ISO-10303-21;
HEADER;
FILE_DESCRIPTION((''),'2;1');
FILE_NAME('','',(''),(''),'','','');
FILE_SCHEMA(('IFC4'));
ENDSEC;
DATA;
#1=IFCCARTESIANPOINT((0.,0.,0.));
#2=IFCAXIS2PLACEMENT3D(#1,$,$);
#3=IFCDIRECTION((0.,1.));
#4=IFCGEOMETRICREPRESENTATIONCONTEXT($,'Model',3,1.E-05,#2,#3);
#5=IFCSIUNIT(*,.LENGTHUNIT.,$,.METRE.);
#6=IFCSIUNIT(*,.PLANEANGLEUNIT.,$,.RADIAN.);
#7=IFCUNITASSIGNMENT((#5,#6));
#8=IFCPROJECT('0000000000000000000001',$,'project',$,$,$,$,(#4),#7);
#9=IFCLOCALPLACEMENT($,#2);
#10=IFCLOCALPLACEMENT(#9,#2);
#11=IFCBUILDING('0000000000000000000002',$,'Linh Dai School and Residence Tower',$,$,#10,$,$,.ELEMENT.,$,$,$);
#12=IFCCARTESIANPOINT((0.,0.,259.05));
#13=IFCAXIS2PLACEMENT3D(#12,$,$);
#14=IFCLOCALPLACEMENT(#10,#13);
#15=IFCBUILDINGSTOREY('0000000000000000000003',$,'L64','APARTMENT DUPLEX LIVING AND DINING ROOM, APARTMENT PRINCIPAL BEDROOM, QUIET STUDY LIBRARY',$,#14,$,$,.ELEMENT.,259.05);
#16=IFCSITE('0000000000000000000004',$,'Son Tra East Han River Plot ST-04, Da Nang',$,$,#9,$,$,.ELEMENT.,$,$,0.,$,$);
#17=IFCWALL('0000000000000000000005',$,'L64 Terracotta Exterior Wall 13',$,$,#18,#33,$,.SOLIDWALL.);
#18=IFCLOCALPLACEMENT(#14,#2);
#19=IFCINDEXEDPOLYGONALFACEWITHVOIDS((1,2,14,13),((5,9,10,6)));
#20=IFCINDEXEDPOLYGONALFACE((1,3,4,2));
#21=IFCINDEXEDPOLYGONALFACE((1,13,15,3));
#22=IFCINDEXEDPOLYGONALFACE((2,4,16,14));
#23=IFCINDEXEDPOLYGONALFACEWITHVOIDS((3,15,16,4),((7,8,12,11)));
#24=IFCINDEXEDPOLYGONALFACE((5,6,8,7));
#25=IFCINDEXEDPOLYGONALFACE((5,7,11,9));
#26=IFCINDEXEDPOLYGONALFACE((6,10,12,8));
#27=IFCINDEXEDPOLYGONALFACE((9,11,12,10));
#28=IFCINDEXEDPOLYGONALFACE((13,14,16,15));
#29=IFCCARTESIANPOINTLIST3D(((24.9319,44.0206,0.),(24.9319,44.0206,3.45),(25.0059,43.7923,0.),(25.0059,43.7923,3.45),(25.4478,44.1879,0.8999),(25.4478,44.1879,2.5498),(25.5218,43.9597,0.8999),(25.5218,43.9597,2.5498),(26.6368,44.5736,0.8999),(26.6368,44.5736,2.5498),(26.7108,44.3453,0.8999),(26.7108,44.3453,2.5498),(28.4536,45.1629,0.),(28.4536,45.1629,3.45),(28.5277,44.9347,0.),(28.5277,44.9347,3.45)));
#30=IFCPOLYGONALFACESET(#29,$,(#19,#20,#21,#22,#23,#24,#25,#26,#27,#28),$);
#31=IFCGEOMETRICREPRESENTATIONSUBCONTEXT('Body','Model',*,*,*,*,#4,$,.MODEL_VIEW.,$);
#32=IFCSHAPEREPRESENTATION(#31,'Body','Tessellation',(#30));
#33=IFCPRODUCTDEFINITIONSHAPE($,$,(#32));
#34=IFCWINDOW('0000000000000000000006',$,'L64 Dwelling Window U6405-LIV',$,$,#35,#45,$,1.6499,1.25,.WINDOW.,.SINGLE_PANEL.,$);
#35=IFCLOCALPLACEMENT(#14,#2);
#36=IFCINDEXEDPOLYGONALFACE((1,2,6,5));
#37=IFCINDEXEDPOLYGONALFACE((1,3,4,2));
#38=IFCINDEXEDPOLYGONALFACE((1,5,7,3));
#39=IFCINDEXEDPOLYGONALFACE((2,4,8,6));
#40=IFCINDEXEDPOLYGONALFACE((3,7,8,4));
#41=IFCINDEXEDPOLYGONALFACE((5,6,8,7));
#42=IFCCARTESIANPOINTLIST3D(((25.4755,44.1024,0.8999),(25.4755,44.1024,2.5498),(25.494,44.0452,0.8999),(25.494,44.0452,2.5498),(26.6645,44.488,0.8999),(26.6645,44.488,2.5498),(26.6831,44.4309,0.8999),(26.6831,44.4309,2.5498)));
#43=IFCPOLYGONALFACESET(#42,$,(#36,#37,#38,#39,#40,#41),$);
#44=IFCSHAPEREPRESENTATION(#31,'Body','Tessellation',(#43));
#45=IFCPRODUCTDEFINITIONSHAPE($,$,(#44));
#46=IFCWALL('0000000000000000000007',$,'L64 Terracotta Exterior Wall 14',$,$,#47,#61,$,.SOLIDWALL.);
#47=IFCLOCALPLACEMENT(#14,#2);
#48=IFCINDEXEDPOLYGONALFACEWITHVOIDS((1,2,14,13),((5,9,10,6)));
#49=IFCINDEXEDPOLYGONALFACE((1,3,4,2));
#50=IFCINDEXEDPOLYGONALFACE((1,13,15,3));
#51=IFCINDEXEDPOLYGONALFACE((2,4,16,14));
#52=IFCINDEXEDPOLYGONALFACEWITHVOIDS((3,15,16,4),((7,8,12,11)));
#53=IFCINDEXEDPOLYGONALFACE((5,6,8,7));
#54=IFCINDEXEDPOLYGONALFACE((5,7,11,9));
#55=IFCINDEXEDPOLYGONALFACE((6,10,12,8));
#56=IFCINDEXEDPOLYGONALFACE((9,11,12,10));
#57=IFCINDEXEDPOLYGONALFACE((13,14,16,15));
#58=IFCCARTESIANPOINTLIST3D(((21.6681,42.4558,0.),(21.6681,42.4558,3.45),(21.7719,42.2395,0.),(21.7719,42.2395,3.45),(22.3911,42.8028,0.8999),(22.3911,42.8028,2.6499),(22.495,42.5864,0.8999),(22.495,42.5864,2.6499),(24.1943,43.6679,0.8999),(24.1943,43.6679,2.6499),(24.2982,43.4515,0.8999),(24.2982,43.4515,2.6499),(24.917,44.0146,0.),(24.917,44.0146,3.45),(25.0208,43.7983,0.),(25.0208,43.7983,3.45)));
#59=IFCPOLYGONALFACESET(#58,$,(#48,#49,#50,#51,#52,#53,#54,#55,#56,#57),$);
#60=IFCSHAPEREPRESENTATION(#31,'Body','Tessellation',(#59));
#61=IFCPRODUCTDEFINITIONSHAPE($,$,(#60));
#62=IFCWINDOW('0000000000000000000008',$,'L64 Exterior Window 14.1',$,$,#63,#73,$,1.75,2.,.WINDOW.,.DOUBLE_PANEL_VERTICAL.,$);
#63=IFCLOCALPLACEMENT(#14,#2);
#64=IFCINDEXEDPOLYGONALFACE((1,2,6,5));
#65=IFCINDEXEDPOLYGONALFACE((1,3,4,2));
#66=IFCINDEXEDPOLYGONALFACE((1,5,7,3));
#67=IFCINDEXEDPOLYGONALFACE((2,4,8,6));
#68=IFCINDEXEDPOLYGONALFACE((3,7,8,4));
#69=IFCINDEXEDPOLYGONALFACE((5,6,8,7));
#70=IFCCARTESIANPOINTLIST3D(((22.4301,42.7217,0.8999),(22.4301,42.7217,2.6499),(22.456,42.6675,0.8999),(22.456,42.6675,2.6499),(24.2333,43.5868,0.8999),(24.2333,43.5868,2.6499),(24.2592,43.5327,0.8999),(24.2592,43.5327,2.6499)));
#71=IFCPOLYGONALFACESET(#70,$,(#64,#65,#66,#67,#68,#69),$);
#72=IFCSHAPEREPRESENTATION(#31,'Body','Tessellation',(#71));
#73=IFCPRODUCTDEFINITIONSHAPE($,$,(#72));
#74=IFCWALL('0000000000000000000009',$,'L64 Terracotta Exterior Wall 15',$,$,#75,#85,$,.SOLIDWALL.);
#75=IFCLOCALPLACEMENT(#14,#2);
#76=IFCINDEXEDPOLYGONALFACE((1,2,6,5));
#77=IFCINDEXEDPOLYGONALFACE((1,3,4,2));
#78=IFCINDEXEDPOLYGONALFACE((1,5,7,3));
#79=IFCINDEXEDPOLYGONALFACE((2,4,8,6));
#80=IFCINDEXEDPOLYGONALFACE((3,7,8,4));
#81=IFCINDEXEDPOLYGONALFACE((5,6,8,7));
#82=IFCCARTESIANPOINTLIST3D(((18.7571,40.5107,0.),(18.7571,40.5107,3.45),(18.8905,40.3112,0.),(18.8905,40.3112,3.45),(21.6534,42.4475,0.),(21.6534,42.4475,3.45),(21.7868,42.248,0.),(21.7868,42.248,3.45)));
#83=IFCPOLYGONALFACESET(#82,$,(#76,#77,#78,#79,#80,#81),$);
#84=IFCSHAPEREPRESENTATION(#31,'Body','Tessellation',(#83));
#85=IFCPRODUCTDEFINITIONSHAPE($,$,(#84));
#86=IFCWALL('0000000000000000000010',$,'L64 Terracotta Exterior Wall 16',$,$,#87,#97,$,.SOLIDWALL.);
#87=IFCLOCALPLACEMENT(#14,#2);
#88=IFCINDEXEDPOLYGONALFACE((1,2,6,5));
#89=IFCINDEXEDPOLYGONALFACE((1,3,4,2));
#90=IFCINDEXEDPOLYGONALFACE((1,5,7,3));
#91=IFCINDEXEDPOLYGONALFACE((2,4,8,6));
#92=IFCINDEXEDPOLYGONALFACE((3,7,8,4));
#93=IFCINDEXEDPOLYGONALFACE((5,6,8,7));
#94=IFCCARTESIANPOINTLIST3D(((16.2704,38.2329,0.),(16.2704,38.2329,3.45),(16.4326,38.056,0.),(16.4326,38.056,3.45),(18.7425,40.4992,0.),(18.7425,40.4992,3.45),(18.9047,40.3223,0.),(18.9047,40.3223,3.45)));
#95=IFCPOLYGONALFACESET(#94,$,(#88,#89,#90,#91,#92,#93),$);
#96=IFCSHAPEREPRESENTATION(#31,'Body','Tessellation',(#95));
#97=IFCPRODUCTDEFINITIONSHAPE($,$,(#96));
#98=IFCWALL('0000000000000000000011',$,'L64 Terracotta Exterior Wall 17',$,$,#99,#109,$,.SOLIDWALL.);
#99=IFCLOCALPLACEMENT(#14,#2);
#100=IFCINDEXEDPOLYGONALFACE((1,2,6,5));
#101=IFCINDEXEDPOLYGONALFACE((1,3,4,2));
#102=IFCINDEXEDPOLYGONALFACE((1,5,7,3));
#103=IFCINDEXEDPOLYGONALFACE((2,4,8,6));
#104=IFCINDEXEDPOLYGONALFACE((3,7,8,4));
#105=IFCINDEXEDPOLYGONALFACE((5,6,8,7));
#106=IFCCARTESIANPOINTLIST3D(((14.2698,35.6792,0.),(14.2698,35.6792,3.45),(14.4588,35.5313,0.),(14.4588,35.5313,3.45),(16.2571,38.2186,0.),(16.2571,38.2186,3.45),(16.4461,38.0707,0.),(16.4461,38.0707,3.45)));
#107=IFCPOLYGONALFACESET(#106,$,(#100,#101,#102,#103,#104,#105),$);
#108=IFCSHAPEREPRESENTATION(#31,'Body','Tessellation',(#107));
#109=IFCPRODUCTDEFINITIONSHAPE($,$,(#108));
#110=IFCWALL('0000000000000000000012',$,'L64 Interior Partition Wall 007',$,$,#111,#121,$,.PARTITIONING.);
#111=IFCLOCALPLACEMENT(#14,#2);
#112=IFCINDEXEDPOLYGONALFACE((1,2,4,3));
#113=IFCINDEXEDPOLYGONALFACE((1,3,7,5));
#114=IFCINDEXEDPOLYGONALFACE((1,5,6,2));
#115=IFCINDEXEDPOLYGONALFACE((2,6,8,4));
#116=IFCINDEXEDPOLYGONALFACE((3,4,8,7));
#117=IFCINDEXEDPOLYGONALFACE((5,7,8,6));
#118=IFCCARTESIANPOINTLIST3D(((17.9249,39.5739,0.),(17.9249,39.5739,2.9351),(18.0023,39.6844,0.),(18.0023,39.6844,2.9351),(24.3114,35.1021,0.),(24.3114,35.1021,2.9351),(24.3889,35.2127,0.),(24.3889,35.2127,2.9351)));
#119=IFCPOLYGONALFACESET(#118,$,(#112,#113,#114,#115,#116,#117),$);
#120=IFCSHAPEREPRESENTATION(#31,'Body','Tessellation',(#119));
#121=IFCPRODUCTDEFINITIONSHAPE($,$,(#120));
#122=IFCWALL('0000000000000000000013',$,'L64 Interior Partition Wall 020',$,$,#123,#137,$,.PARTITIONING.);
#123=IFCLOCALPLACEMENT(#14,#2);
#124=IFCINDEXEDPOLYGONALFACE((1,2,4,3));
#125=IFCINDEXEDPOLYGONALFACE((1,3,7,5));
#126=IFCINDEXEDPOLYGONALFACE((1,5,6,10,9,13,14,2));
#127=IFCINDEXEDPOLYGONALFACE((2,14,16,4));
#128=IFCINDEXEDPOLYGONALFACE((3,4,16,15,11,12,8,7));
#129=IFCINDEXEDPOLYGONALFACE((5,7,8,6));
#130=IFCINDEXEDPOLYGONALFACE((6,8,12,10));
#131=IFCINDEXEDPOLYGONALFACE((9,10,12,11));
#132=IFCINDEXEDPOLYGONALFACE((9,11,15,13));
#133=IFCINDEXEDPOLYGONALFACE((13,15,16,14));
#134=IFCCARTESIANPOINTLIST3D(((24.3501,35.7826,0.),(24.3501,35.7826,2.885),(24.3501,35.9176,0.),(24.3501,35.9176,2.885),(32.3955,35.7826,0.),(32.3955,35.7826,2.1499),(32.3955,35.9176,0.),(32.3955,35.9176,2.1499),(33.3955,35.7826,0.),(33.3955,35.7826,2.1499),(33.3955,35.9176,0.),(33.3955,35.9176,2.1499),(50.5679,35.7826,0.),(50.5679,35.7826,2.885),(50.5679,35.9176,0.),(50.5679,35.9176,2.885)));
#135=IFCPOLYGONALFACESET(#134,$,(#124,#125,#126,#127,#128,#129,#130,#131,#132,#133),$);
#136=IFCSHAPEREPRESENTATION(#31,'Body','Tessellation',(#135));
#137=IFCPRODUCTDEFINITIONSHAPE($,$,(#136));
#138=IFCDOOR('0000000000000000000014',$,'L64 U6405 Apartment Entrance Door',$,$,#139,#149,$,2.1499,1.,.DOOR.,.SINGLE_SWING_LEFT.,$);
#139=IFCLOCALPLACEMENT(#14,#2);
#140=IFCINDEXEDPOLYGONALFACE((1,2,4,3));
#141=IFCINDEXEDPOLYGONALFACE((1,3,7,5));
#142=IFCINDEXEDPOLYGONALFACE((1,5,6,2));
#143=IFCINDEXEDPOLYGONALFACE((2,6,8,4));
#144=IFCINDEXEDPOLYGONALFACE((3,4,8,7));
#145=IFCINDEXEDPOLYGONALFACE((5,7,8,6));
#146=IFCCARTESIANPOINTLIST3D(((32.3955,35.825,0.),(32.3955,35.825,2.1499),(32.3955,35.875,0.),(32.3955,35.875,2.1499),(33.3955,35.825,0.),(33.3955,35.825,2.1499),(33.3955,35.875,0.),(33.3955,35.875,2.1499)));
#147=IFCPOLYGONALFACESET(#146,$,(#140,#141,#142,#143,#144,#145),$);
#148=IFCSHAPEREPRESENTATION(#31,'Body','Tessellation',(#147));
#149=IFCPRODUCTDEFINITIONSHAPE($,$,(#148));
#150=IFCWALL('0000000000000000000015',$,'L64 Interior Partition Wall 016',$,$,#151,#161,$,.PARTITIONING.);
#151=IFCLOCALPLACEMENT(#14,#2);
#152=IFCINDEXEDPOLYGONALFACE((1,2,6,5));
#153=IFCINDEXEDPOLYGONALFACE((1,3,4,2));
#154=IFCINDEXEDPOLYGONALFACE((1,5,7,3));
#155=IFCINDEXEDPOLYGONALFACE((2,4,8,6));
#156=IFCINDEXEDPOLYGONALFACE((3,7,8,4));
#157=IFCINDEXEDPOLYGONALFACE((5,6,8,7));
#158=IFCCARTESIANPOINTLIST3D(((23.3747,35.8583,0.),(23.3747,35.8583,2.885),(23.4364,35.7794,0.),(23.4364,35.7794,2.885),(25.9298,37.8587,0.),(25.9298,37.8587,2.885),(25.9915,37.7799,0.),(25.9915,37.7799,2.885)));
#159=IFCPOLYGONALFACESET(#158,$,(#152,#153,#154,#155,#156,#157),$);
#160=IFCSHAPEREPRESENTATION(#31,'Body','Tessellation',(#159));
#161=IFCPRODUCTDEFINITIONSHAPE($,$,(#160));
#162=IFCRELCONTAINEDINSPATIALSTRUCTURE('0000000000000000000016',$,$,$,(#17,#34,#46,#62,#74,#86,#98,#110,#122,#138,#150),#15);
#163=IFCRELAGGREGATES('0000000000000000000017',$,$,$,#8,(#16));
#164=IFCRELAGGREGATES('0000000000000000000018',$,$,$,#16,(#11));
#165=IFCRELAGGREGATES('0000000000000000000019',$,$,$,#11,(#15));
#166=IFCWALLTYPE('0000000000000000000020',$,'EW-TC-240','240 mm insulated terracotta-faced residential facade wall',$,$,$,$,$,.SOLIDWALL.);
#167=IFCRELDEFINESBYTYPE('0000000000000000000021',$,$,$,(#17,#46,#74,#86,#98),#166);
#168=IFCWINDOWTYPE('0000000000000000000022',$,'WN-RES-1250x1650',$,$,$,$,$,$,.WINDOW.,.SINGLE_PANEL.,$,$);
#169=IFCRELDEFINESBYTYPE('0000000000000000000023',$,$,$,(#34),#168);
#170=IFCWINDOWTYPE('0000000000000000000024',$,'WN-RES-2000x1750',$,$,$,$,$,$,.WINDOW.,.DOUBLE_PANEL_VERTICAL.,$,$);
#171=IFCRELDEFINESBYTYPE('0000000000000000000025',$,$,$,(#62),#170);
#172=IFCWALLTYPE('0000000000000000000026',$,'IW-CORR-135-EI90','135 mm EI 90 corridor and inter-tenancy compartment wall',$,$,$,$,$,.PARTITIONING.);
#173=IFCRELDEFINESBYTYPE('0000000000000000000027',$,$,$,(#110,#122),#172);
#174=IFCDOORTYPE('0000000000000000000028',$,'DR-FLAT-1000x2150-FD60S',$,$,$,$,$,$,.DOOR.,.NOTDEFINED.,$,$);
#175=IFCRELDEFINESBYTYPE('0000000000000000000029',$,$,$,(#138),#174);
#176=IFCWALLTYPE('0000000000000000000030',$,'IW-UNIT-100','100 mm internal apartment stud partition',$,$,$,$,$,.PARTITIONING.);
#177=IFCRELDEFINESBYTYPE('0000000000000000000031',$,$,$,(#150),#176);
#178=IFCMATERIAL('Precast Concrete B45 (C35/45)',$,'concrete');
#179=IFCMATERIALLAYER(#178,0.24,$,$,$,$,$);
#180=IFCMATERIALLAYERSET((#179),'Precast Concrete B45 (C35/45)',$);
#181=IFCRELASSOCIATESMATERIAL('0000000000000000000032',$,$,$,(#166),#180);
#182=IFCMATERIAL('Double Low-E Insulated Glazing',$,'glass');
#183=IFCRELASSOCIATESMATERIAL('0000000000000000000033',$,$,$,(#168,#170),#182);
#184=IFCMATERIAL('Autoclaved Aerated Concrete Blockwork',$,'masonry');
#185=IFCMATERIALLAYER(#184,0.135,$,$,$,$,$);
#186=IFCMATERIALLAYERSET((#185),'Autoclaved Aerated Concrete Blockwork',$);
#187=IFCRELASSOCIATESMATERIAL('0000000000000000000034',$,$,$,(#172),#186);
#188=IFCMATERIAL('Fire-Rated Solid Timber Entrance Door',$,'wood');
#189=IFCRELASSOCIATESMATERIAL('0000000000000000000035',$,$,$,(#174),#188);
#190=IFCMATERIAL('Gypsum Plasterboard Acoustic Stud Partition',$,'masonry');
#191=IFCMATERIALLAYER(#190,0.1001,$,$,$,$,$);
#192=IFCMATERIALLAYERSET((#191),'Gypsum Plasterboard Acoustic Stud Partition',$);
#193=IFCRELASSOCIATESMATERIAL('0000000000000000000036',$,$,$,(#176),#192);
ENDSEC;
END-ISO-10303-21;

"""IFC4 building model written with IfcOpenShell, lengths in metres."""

from ifc_helpers import new_model, si_unit, direction, frame, frame_2d, origin, origin_2d, place, context, subcontext, project, spatial, rectangle, extrude, source, transform, mapped, material, layer, layer_set, type_object, element, fill, save


model = new_model("IFC4")

# Units and contexts
model_context = context("Model", 3, precision=1e-05, world=origin(), true_north=direction((0.0, 1.0)))
body_context = subcontext(model_context, "Body", "Model", "MODEL_VIEW")
ifc_project = project(units=[si_unit("LENGTHUNIT", "METRE"), si_unit("PLANEANGLEUNIT", "RADIAN")], contexts=[model_context])

# Site, building, storey
site_placement = place(None, origin())
site = spatial("IfcSite", under=ifc_project, at=site_placement, Name="Son Tra East Han River Plot ST-04, Da Nang", CompositionType="ELEMENT", RefElevation=0.0)
building_placement = place(site_placement, origin())
building = spatial("IfcBuilding", under=site, at=building_placement, Name="Linh Dai School and Residence Tower", CompositionType="ELEMENT")
storey_placement = place(building_placement, frame((0.0, 0.0, 259.05)))
storey = spatial("IfcBuildingStorey", under=building, at=storey_placement, Name="L64", Description="APARTMENT DUPLEX LIVING AND DINING ROOM, APARTMENT PRINCIPAL BEDROOM, QUIET STUDY LIBRARY", CompositionType="ELEMENT", Elevation=259.05)

# Shared definitions
ifc_material_1 = material(Name="Precast Concrete B45 (C35/45)", Category="concrete")

# Walls, openings, windows
ifc_layer_1 = layer(ifc_material_1, 0.24)
ifc_layer_set_1 = layer_set([ifc_layer_1], Name="Precast Concrete B45 (C35/45)")
wall_type_1 = type_object("IfcWallType", Name="EW-TC-240", Description="240 mm insulated terracotta-faced residential facade wall", PredefinedType="SOLIDWALL", material=ifc_layer_set_1)
wall_1_placement = place(storey_placement, frame((24.969, 43.9065, 0.0), z_axis=(0.0, 0.0, 1.0), x_axis=(0.951211, 0.308542, 0.0)))
wall_1 = element("IfcWall", 1, at=wall_1_placement, inside=storey, type_object=wall_type_1, Name="L64 Terracotta Exterior Wall 13", PredefinedType="SOLIDWALL", context=body_context, shape_type="SweptSolid", body=[
    extrude(rectangle(XDim=3.7024, YDim=0.24, at=frame_2d((1.8511, 0.0))), origin(), (0.0, 0.0, 1.0), 3.45),
])
opening_1_placement = place(wall_1_placement, frame((0.5422, 0.0, 0.8999)))
opening_1 = element("IfcOpeningElement", 2, at=opening_1_placement, cuts=wall_1, PredefinedType="OPENING", context=body_context, shape_type="SweptSolid", body=[
    extrude(rectangle(XDim=1.25, YDim=1.6499, at=origin_2d()), frame((0.625, 0.1299, 0.825), z_axis=(0.0, -1.0, 0.0), x_axis=(1.0, 0.0, 0.0)), (0.0, 0.0, 1.0), 0.26),
])
ifc_material_2 = material(Name="Double Low-E Insulated Glazing", Category="glass")
window_type_1 = type_object("IfcWindowType", Name="WN-RES-1250x1650", PartitioningType="SINGLE_PANEL", PredefinedType="WINDOW", material=ifc_material_2)
shared_shape_1 = source(origin(), body_context, "Body", "SweptSolid", [
    extrude(rectangle(XDim=1.25, YDim=1.6499, at=origin_2d()), frame((0.625, 0.03, 0.825), z_axis=(0.0, -1.0, 0.0), x_axis=(1.0, 0.0, 0.0)), (0.0, 0.0, 1.0), 0.0601),
])
window_1_placement = place(opening_1_placement, origin())
window_1 = element("IfcWindow", 3, at=window_1_placement, inside=storey, type_object=window_type_1, Name="L64 Dwelling Window U6405-LIV", OverallHeight=1.6499, OverallWidth=1.25, PartitioningType="SINGLE_PANEL", PredefinedType="WINDOW", context=body_context, shape_type="MappedRepresentation", body=[
    mapped(shared_shape_1, transform((0.0, 0.0, 0.0), x_axis=(1.0, 0.0, 0.0), y_axis=(0.0, 1.0, 0.0), z_axis=(0.0, 0.0, 1.0), scale=1.0)),
])
fill(opening_1, window_1)
wall_2_placement = place(storey_placement, frame((21.72, 42.3477, 0.0), z_axis=(0.0, 0.0, 1.0), x_axis=(0.901598, 0.432575, 0.0)))
wall_2 = element("IfcWall", 4, at=wall_2_placement, inside=storey, type_object=wall_type_1, Name="L64 Terracotta Exterior Wall 14", PredefinedType="SOLIDWALL", context=body_context, shape_type="SweptSolid", body=[
    extrude(rectangle(XDim=3.6035, YDim=0.24, at=frame_2d((1.8018, 0.0))), origin(), (0.0, 0.0, 1.0), 3.45),
])
opening_2_placement = place(wall_2_placement, frame((0.802, 0.0, 0.8999)))
opening_2 = element("IfcOpeningElement", 5, at=opening_2_placement, cuts=wall_2, PredefinedType="OPENING", context=body_context, shape_type="SweptSolid", body=[
    extrude(rectangle(XDim=2.0, YDim=1.75, at=origin_2d()), frame((1.0, 0.1299, 0.875), z_axis=(0.0, -1.0, 0.0), x_axis=(1.0, 0.0, 0.0)), (0.0, 0.0, 1.0), 0.26),
])
window_type_2 = type_object("IfcWindowType", Name="WN-RES-2000x1750", PartitioningType="DOUBLE_PANEL_VERTICAL", PredefinedType="WINDOW", material=ifc_material_2)
shared_shape_2 = source(origin(), body_context, "Body", "SweptSolid", [
    extrude(rectangle(XDim=2.0, YDim=1.75, at=origin_2d()), frame((1.0, 0.03, 0.875), z_axis=(0.0, -1.0, 0.0), x_axis=(1.0, 0.0, 0.0)), (0.0, 0.0, 1.0), 0.0601),
])
window_2_placement = place(opening_2_placement, origin())
window_2 = element("IfcWindow", 6, at=window_2_placement, inside=storey, type_object=window_type_2, Name="L64 Exterior Window 14.1", OverallHeight=1.75, OverallWidth=2.0, PartitioningType="DOUBLE_PANEL_VERTICAL", PredefinedType="WINDOW", context=body_context, shape_type="MappedRepresentation", body=[
    mapped(shared_shape_2, transform((0.0, 0.0, 0.0), x_axis=(1.0, 0.0, 0.0), y_axis=(0.0, 1.0, 0.0), z_axis=(0.0, 0.0, 1.0), scale=1.0)),
])
fill(opening_2, window_2)

# Walls
wall_3_placement = place(storey_placement, frame((18.8237, 40.4109, 0.0), z_axis=(0.0, 0.0, 1.0), x_axis=(0.831262, 0.55588, 0.0)))
element("IfcWall", 7, at=wall_3_placement, inside=storey, type_object=wall_type_1, Name="L64 Terracotta Exterior Wall 15", PredefinedType="SOLIDWALL", context=body_context, shape_type="SweptSolid", body=[
    extrude(rectangle(XDim=3.4841, YDim=0.24, at=frame_2d((1.7422, 0.0))), origin(), (0.0, 0.0, 1.0), 3.45),
])
wall_4_placement = place(storey_placement, frame((16.3516, 38.1445, 0.0), z_axis=(0.0, 0.0, 1.0), x_axis=(0.737124, 0.675758, 0.0)))
element("IfcWall", 8, at=wall_4_placement, inside=storey, type_object=wall_type_1, Name="L64 Terracotta Exterior Wall 16", PredefinedType="SOLIDWALL", context=body_context, shape_type="SweptSolid", body=[
    extrude(rectangle(XDim=3.3538, YDim=0.24, at=frame_2d((1.6768, 0.0))), origin(), (0.0, 0.0, 1.0), 3.45),
])
wall_5_placement = place(storey_placement, frame((14.3643, 35.6052, 0.0), z_axis=(0.0, 0.0, 1.0), x_axis=(0.616312, 0.787502, 0.0)))
element("IfcWall", 9, at=wall_5_placement, inside=storey, type_object=wall_type_1, Name="L64 Terracotta Exterior Wall 17", PredefinedType="SOLIDWALL", context=body_context, shape_type="SweptSolid", body=[
    extrude(rectangle(XDim=3.2246, YDim=0.24, at=frame_2d((1.6123, 0.0))), origin(), (0.0, 0.0, 1.0), 3.45),
])
ifc_material_3 = material(Name="Autoclaved Aerated Concrete Blockwork", Category="masonry")
ifc_layer_2 = layer(ifc_material_3, 0.135)
ifc_layer_set_2 = layer_set([ifc_layer_2], Name="Autoclaved Aerated Concrete Blockwork")
wall_type_2 = type_object("IfcWallType", Name="IW-CORR-135-EI90", Description="135 mm EI 90 corridor and inter-tenancy compartment wall", PredefinedType="PARTITIONING", material=ifc_layer_set_2)
wall_6_placement = place(storey_placement, frame((17.9636, 39.6292, 0.0), z_axis=(0.0, 0.0, 1.0), x_axis=(0.819163, -0.573561, 0.0)))
element("IfcWall", 10, at=wall_6_placement, inside=storey, type_object=wall_type_2, Name="L64 Interior Partition Wall 007", PredefinedType="PARTITIONING", context=body_context, shape_type="SweptSolid", body=[
    extrude(rectangle(XDim=7.7964, YDim=0.135, at=frame_2d((3.8982, 0.0))), origin(), (0.0, 0.0, 1.0), 2.9351),
])

# Wall, opening, door
wall_7_placement = place(storey_placement, frame((24.3501, 35.8501, 0.0), z_axis=(0.0, 0.0, 1.0), x_axis=(1.0, 0.0, 0.0)))
wall_7 = element("IfcWall", 11, at=wall_7_placement, inside=storey, type_object=wall_type_2, Name="L64 Interior Partition Wall 020", PredefinedType="PARTITIONING", context=body_context, shape_type="SweptSolid", body=[
    extrude(rectangle(XDim=26.2178, YDim=0.135, at=frame_2d((13.1089, 0.0))), origin(), (0.0, 0.0, 1.0), 2.885),
])
opening_3_placement = place(wall_7_placement, frame((8.0454, 0.0, 0.0)))
opening_3 = element("IfcOpeningElement", 12, at=opening_3_placement, cuts=wall_7, PredefinedType="OPENING", context=body_context, shape_type="SweptSolid", body=[
    extrude(rectangle(XDim=1.0, YDim=2.1499, at=origin_2d()), frame((0.5, 0.0776, 1.075), z_axis=(0.0, -1.0, 0.0), x_axis=(1.0, 0.0, 0.0)), (0.0, 0.0, 1.0), 0.155),
])
ifc_material_4 = material(Name="Fire-Rated Solid Timber Entrance Door", Category="wood")
door_type_1 = type_object("IfcDoorType", Name="DR-FLAT-1000x2150-FD60S", OperationType="NOTDEFINED", PredefinedType="DOOR", material=ifc_material_4)
shared_shape_3 = source(origin(), body_context, "Body", "SweptSolid", [
    extrude(rectangle(XDim=1.0, YDim=2.1499, at=origin_2d()), frame((0.5, 0.0249, 1.075), z_axis=(0.0, -1.0, 0.0), x_axis=(1.0, 0.0, 0.0)), (0.0, 0.0, 1.0), 0.05),
])
door_1_placement = place(opening_3_placement, origin())
door_1 = element("IfcDoor", 13, at=door_1_placement, inside=storey, type_object=door_type_1, Name="L64 U6405 Apartment Entrance Door", OperationType="SINGLE_SWING_LEFT", OverallHeight=2.1499, OverallWidth=1.0, PredefinedType="DOOR", context=body_context, shape_type="MappedRepresentation", body=[
    mapped(shared_shape_3, transform((0.0, 0.0, 0.0), x_axis=(1.0, 0.0, 0.0), y_axis=(0.0, 1.0, 0.0), z_axis=(0.0, 0.0, 1.0), scale=1.0)),
])
fill(opening_3, door_1)

# Wall
ifc_material_5 = material(Name="Gypsum Plasterboard Acoustic Stud Partition", Category="masonry")
ifc_layer_3 = layer(ifc_material_5, 0.1001)
ifc_layer_set_3 = layer_set([ifc_layer_3], Name="Gypsum Plasterboard Acoustic Stud Partition")
wall_type_3 = type_object("IfcWallType", Name="IW-UNIT-100", Description="100 mm internal apartment stud partition", PredefinedType="PARTITIONING", material=ifc_layer_set_3)
wall_8_placement = place(storey_placement, frame((23.4055, 35.8188, 0.0), z_axis=(0.0, 0.0, 1.0), x_axis=(0.787388, 0.616458, 0.0)))
element("IfcWall", 14, at=wall_8_placement, inside=storey, type_object=wall_type_3, Name="L64 Interior Partition Wall 016", PredefinedType="PARTITIONING", context=body_context, shape_type="SweptSolid", body=[
    extrude(rectangle(XDim=3.2451, YDim=0.1001, at=frame_2d((1.6226, 0.0))), origin(), (0.0, 0.0, 1.0), 2.885),
])

save(model, "model.ifc")
